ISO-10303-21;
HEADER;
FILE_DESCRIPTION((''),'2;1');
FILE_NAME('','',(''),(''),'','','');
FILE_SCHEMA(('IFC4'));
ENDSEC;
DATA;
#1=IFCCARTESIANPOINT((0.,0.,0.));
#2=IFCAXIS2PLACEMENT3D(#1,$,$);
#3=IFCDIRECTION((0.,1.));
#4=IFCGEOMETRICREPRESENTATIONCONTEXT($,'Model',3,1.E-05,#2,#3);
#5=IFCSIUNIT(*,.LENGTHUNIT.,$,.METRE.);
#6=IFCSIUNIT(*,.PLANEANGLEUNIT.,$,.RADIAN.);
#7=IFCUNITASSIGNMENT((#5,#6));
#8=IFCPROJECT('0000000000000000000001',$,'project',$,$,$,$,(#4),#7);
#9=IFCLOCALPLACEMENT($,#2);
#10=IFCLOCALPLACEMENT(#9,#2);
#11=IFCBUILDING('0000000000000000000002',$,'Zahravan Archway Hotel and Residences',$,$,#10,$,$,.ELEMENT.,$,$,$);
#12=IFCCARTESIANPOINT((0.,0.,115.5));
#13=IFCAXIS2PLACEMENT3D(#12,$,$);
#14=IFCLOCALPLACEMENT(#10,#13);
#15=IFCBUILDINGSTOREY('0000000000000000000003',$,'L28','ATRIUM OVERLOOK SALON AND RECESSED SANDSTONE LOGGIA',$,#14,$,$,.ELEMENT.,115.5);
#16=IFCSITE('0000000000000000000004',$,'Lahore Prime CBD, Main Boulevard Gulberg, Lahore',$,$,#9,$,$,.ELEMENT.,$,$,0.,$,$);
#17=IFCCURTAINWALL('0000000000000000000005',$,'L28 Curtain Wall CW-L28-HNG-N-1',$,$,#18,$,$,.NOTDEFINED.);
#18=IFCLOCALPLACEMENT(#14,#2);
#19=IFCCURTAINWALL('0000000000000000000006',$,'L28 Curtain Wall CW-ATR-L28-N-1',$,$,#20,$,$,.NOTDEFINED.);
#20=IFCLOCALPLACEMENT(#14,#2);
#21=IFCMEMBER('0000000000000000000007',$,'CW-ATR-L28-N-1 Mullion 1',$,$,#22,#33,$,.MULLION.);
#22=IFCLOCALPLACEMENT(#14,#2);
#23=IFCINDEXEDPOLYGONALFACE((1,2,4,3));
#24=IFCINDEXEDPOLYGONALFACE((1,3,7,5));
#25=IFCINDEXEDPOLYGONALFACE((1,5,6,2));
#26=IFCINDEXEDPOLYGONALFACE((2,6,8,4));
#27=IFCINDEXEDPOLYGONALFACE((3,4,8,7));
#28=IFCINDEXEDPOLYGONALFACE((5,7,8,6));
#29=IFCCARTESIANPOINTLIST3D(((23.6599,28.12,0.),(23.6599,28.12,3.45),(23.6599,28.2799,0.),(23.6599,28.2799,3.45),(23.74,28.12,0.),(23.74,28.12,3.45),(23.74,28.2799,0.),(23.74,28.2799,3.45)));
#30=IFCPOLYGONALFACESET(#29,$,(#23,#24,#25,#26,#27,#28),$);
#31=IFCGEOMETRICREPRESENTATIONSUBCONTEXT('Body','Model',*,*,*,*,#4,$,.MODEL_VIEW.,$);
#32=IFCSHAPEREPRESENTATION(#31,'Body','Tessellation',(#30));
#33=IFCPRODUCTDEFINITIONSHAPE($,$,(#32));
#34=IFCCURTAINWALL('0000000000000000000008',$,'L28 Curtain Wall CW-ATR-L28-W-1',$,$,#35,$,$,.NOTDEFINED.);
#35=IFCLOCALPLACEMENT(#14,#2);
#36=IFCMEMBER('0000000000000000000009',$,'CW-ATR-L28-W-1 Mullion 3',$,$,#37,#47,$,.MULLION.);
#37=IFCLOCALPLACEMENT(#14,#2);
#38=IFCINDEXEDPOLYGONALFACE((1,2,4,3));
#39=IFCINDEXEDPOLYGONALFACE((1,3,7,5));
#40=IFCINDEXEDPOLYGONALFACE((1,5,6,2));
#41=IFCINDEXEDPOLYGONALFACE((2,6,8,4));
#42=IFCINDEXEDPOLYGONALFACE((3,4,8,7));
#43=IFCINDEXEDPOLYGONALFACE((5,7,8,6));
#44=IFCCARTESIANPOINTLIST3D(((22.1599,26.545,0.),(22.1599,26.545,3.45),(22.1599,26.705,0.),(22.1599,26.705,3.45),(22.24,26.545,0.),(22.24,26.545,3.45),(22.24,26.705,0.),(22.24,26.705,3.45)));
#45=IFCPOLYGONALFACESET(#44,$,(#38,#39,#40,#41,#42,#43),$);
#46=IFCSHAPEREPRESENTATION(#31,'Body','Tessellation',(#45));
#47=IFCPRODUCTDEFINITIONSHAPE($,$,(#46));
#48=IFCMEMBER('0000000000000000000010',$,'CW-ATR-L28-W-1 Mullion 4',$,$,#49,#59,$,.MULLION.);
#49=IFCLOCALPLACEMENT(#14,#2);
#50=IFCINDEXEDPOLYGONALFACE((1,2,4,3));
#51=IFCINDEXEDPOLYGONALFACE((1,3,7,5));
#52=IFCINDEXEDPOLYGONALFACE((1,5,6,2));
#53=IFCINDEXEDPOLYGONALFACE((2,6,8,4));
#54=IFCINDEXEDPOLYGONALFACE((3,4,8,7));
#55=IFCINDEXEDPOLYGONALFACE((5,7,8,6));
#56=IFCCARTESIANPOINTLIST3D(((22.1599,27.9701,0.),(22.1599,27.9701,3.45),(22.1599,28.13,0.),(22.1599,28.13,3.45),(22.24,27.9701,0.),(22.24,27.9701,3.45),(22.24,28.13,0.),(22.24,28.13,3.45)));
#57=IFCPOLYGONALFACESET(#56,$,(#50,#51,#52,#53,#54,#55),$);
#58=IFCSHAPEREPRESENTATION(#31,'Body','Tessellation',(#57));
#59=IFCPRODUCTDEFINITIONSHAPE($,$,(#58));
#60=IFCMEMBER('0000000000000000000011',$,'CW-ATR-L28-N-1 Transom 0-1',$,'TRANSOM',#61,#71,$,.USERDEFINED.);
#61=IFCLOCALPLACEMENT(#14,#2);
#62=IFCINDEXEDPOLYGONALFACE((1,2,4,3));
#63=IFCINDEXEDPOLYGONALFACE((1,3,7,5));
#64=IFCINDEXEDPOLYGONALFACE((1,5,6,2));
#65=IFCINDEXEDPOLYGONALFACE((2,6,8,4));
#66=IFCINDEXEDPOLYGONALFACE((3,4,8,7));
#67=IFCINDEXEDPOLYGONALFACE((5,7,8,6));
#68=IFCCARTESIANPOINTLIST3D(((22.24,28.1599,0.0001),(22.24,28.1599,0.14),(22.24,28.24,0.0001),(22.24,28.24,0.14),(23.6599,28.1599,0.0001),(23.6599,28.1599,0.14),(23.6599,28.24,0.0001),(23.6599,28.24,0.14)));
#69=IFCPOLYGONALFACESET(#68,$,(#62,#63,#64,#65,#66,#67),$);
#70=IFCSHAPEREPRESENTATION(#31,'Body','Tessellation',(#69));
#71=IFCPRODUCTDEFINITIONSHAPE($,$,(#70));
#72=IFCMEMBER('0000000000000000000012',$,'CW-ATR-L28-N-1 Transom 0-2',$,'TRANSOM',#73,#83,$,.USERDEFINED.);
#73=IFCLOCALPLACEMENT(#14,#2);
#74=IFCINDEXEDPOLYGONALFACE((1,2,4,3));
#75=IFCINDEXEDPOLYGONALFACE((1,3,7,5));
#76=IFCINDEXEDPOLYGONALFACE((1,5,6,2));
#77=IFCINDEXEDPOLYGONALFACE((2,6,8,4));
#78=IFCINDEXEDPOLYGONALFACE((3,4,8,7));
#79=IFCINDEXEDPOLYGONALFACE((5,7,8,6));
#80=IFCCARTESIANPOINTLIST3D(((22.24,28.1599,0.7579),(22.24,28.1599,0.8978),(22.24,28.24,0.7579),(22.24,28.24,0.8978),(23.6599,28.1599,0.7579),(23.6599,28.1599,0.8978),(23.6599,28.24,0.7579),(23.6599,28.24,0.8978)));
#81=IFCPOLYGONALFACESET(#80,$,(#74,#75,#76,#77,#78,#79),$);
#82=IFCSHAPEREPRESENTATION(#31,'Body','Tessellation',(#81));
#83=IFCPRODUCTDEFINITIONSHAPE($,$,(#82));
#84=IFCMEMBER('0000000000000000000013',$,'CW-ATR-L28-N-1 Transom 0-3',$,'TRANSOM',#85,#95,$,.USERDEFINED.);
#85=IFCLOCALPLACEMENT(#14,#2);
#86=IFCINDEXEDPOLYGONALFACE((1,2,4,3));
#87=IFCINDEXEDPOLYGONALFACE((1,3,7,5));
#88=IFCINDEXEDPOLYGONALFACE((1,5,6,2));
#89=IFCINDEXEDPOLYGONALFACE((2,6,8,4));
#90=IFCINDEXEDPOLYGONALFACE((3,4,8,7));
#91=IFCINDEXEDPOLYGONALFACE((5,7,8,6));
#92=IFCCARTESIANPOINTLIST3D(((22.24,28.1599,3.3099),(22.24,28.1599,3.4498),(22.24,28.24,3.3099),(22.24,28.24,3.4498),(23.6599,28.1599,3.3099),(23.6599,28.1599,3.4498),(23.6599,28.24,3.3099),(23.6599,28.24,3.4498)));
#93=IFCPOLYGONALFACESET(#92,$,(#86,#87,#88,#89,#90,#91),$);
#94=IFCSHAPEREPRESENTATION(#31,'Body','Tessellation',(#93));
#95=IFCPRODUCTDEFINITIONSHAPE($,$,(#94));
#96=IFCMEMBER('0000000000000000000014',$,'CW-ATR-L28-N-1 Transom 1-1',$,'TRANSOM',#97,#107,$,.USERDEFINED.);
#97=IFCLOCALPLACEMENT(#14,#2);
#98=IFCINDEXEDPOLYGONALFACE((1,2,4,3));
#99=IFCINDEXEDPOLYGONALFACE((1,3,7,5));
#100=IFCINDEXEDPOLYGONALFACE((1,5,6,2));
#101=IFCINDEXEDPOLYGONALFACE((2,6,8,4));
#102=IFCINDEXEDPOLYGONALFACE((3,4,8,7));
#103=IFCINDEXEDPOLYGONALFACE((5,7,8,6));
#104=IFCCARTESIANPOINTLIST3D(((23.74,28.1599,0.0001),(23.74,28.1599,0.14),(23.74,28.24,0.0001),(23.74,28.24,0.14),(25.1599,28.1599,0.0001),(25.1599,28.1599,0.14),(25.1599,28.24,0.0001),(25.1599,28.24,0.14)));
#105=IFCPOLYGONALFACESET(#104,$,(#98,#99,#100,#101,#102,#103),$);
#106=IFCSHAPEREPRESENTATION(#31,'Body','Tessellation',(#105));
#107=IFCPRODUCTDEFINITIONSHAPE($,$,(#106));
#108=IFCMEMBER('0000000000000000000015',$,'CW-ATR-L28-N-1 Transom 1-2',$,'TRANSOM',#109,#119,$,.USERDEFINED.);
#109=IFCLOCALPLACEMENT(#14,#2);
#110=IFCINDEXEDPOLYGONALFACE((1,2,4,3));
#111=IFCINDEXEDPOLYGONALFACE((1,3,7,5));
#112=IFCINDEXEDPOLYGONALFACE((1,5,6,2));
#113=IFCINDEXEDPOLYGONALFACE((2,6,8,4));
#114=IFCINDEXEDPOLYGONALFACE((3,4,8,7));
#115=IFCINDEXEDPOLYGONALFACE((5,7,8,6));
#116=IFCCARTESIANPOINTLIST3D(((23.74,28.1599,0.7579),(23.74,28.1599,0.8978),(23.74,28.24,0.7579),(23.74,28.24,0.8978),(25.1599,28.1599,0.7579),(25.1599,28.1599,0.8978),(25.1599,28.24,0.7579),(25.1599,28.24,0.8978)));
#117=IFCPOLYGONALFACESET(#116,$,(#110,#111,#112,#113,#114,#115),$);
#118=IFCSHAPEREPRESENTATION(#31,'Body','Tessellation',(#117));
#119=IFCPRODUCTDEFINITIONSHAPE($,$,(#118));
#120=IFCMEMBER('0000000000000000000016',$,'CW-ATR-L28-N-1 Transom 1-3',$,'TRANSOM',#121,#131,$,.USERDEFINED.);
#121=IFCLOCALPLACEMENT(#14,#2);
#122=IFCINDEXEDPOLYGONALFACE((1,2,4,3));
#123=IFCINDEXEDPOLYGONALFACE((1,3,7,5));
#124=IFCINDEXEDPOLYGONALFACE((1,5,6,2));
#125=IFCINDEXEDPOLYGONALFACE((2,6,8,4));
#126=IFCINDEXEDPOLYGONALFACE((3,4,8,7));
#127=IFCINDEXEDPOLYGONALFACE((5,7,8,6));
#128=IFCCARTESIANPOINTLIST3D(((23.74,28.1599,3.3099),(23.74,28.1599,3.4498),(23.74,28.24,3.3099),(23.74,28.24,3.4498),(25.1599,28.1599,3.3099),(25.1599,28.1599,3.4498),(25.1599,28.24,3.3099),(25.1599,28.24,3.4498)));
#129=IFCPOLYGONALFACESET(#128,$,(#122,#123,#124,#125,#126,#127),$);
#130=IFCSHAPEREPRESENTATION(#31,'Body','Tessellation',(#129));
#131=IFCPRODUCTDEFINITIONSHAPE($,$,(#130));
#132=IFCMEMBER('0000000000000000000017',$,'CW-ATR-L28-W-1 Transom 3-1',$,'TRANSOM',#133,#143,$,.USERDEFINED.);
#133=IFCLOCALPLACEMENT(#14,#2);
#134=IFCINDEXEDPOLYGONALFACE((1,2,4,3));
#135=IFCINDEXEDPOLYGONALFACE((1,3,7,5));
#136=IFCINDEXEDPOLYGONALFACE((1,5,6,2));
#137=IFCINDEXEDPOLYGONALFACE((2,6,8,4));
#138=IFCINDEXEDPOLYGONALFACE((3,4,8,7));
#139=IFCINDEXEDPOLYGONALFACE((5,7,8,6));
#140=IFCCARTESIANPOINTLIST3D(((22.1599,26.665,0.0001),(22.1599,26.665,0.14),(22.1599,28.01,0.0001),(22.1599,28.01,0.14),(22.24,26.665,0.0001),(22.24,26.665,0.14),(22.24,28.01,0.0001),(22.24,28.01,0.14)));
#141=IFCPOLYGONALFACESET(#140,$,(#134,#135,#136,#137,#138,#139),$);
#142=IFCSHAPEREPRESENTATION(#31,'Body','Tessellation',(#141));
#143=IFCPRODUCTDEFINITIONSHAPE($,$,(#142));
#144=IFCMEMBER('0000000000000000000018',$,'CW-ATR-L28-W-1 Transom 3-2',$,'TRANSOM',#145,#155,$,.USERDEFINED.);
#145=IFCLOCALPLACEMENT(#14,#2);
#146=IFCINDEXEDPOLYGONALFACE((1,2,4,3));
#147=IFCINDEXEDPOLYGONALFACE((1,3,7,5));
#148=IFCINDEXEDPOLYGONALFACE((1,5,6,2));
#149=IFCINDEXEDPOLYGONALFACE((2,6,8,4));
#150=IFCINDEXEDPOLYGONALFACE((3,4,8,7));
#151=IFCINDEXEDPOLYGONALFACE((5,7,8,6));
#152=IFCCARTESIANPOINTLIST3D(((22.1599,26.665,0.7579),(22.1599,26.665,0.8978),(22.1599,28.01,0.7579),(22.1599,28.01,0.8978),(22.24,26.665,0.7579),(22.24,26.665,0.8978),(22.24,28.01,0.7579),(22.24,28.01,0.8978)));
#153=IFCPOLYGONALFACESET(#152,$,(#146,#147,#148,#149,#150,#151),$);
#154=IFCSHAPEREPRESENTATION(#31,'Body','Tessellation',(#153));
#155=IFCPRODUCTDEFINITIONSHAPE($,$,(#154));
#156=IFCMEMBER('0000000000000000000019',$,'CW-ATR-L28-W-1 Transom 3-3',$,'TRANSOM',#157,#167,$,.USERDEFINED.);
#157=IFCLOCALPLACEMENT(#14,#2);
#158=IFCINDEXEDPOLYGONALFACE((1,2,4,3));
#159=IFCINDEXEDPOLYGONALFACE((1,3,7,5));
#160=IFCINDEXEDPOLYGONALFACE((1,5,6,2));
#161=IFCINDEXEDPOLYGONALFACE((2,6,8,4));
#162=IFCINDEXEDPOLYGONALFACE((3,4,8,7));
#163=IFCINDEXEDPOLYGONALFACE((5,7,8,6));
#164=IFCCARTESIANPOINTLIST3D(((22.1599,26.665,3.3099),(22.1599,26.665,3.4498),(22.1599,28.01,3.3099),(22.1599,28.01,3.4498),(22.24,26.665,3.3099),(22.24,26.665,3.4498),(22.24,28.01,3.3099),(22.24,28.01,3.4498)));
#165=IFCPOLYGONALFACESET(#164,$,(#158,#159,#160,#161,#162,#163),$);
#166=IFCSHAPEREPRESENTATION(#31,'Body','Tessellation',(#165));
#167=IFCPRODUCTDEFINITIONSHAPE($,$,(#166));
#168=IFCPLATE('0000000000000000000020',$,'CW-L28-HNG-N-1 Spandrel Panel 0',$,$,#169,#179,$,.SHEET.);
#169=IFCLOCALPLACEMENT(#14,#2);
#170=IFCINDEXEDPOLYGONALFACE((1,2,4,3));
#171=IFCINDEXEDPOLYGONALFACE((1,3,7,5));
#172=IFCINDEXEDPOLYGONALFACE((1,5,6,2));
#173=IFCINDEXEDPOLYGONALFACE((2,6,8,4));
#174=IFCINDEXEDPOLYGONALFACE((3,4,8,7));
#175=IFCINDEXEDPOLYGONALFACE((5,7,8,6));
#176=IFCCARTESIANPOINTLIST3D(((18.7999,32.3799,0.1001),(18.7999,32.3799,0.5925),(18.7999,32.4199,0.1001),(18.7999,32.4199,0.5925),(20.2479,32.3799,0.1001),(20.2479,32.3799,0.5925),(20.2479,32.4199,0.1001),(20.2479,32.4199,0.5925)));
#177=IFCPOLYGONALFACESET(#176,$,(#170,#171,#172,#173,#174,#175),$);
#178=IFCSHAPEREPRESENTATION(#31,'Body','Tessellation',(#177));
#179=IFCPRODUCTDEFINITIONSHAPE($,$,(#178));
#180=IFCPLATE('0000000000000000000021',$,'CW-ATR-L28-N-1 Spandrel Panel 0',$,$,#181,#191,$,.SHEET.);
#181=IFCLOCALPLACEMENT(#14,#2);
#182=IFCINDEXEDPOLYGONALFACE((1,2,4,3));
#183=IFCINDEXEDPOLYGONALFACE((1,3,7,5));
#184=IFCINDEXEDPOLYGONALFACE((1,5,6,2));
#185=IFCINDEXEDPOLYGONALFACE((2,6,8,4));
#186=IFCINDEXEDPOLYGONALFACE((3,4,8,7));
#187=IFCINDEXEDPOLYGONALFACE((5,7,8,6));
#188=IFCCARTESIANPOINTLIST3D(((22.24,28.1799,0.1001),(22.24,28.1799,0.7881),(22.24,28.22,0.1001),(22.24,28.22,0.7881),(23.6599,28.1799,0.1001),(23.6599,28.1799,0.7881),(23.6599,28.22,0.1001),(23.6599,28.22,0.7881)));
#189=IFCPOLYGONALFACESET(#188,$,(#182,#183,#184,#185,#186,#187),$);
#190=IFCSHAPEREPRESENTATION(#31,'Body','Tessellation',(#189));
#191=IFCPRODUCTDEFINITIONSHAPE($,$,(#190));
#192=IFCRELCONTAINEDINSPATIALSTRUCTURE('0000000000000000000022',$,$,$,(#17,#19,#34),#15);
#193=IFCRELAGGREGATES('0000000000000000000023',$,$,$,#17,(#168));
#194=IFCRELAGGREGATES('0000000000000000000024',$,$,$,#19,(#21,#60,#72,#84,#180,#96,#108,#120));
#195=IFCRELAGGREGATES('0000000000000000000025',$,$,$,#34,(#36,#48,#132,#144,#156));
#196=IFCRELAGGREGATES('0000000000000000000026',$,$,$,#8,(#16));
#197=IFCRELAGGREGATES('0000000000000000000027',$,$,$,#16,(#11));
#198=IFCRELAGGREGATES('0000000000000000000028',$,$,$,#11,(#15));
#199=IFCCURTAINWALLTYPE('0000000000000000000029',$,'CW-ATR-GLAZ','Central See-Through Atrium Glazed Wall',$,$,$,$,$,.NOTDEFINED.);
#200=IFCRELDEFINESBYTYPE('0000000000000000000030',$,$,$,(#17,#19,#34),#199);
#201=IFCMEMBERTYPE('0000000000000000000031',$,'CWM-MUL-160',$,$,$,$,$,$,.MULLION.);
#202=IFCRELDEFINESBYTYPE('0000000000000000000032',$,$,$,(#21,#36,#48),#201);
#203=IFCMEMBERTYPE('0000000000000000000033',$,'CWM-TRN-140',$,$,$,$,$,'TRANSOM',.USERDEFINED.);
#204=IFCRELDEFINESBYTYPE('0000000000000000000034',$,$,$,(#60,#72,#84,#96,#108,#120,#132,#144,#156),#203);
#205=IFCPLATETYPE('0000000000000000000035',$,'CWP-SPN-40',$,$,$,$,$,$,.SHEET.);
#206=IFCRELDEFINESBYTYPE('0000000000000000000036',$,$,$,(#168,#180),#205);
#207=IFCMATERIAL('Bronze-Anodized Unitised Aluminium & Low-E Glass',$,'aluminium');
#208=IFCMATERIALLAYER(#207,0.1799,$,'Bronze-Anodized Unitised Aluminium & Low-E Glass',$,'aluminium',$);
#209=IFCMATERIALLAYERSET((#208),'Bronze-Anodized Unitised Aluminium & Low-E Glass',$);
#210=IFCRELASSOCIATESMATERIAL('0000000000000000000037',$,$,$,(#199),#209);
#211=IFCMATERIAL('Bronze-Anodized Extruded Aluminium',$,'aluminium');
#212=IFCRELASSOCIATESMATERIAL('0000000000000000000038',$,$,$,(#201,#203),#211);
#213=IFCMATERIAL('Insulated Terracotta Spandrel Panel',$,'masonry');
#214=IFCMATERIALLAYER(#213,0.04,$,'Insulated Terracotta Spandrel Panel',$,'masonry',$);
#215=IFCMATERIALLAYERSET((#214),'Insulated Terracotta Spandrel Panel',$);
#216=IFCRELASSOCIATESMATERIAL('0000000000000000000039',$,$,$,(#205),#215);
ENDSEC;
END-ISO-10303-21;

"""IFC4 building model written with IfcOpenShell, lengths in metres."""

from ifc_helpers import new_model, si_unit, direction, frame, origin, origin_2d, place, context, subcontext, project, spatial, rectangle, extrude, source, transform, mapped, material, layer, layer_set, material_profile, profile_set, type_object, element, aggregate, save


model = new_model("IFC4")

# Units and contexts
model_context = context("Model", 3, precision=1e-05, world=origin(), true_north=direction((0.0, 1.0)))
body_context = subcontext(model_context, "Body", "Model", "MODEL_VIEW")
ifc_project = project(units=[si_unit("LENGTHUNIT", "METRE"), si_unit("PLANEANGLEUNIT", "RADIAN")], contexts=[model_context])

# Site, building, storey
site_placement = place(None, origin())
site = spatial("IfcSite", under=ifc_project, at=site_placement, Name="Lahore Prime CBD, Main Boulevard Gulberg, Lahore", CompositionType="ELEMENT", RefElevation=0.0)
building_placement = place(site_placement, origin())
building = spatial("IfcBuilding", under=site, at=building_placement, Name="Zahravan Archway Hotel and Residences", CompositionType="ELEMENT")
storey_placement = place(building_placement, frame((0.0, 0.0, 115.5)))
storey = spatial("IfcBuildingStorey", under=building, at=storey_placement, Name="L28", Description="ATRIUM OVERLOOK SALON AND RECESSED SANDSTONE LOGGIA", CompositionType="ELEMENT", Elevation=115.5)

# Curtain walls, members
ifc_material_1 = material(Name="Bronze-Anodized Unitised Aluminium & Low-E Glass", Category="aluminium")
ifc_layer_1 = layer(ifc_material_1, 0.1799, Name="Bronze-Anodized Unitised Aluminium & Low-E Glass", Category="aluminium")
ifc_layer_set_1 = layer_set([ifc_layer_1], Name="Bronze-Anodized Unitised Aluminium & Low-E Glass")
curtain_wall_type = type_object("IfcCurtainWallType", Name="CW-ATR-GLAZ", Description="Central See-Through Atrium Glazed Wall", PredefinedType="NOTDEFINED", material=ifc_layer_set_1)
curtain_wall_1_placement = place(storey_placement, origin())
curtain_wall_1 = element("IfcCurtainWall", 1, at=curtain_wall_1_placement, inside=storey, type_object=curtain_wall_type, Name="L28 Curtain Wall CW-L28-HNG-N-1", PredefinedType="NOTDEFINED")
ifc_material_2 = material(Name="Bronze-Anodized Extruded Aluminium", Category="aluminium")
ifc_material_profile_1 = material_profile(ifc_material_2, rectangle(XDim=0.0801, YDim=0.1599, at=origin_2d()), Name="MUL 80x160", Category="aluminium")
ifc_profile_set_1 = profile_set([ifc_material_profile_1], Name="Bronze-Anodized Extruded Aluminium")
member_type_1 = type_object("IfcMemberType", Name="CWM-MUL-160", PredefinedType="MULLION", material=ifc_profile_set_1)
ifc_material_profile_2 = material_profile(ifc_material_2, rectangle(XDim=0.0801, YDim=0.1399, at=origin_2d()), Name="TRN 80x140", Category="aluminium")
ifc_profile_set_2 = profile_set([ifc_material_profile_2], Name="Bronze-Anodized Extruded Aluminium")
member_type_2 = type_object("IfcMemberType", Name="CWM-TRN-140", ElementType="TRANSOM", PredefinedType="USERDEFINED", material=ifc_profile_set_2)
curtain_wall_2_placement = place(storey_placement, origin())
curtain_wall_2 = element("IfcCurtainWall", 2, at=curtain_wall_2_placement, inside=storey, type_object=curtain_wall_type, Name="L28 Curtain Wall CW-ATR-L28-N-1", PredefinedType="NOTDEFINED")
shared_shape_1 = source(origin(), body_context, "Body", "SweptSolid", [
    extrude(rectangle(XDim=0.0801, YDim=0.1599, at=origin_2d()), origin(), (0.0, 0.0, 1.0), 3.45),
])
member_1_placement = place(storey_placement, frame((23.7, 28.2, 0.0), z_axis=(0.0, 0.0, 1.0), x_axis=(1.0, 0.0, 0.0)))
member_1 = element("IfcMember", 3, at=member_1_placement, type_object=member_type_1, Name="CW-ATR-L28-N-1 Mullion 1", PredefinedType="MULLION", context=body_context, shape_type="MappedRepresentation", body=[
    mapped(shared_shape_1, transform((0.0, 0.0, 0.0), scale=1.0)),
])
curtain_wall_3_placement = place(storey_placement, origin())
curtain_wall_3 = element("IfcCurtainWall", 4, at=curtain_wall_3_placement, inside=storey, type_object=curtain_wall_type, Name="L28 Curtain Wall CW-ATR-L28-W-1", PredefinedType="NOTDEFINED")
member_2_placement = place(storey_placement, frame((22.2, 26.625, 0.0), z_axis=(0.0, 0.0, 1.0), x_axis=(1.0, 0.0, 0.0)))
member_2 = element("IfcMember", 5, at=member_2_placement, type_object=member_type_1, Name="CW-ATR-L28-W-1 Mullion 3", PredefinedType="MULLION", context=body_context, shape_type="MappedRepresentation", body=[
    mapped(shared_shape_1, transform((0.0, 0.0, 0.0), scale=1.0)),
])
member_3_placement = place(storey_placement, frame((22.2, 28.05, 0.0), z_axis=(0.0, 0.0, 1.0), x_axis=(1.0, 0.0, 0.0)))
member_3 = element("IfcMember", 6, at=member_3_placement, type_object=member_type_1, Name="CW-ATR-L28-W-1 Mullion 4", PredefinedType="MULLION", context=body_context, shape_type="MappedRepresentation", body=[
    mapped(shared_shape_1, transform((0.0, 0.0, 0.0), scale=1.0)),
])

# Members
shared_shape_2 = source(origin(), body_context, "Body", "SweptSolid", [
    extrude(rectangle(XDim=0.0801, YDim=0.1399, at=origin_2d()), origin(), (0.0, 0.0, 1.0), 1.4199),
])
member_4_placement = place(storey_placement, frame((22.24, 28.2, 0.0701), z_axis=(1.0, 0.0, 0.0), x_axis=(0.0, 1.0, 0.0)))
member_4 = element("IfcMember", 7, at=member_4_placement, type_object=member_type_2, Name="CW-ATR-L28-N-1 Transom 0-1", ObjectType="TRANSOM", PredefinedType="USERDEFINED", context=body_context, shape_type="MappedRepresentation", body=[
    mapped(shared_shape_2, transform((0.0, 0.0, 0.0), scale=1.0)),
])
member_5_placement = place(storey_placement, frame((22.24, 28.2, 0.8279), z_axis=(1.0, 0.0, 0.0), x_axis=(0.0, 1.0, 0.0)))
member_5 = element("IfcMember", 8, at=member_5_placement, type_object=member_type_2, Name="CW-ATR-L28-N-1 Transom 0-2", ObjectType="TRANSOM", PredefinedType="USERDEFINED", context=body_context, shape_type="MappedRepresentation", body=[
    mapped(shared_shape_2, transform((0.0, 0.0, 0.0), scale=1.0)),
])
member_6_placement = place(storey_placement, frame((22.24, 28.2, 3.3799), z_axis=(1.0, 0.0, 0.0), x_axis=(0.0, 1.0, 0.0)))
member_6 = element("IfcMember", 9, at=member_6_placement, type_object=member_type_2, Name="CW-ATR-L28-N-1 Transom 0-3", ObjectType="TRANSOM", PredefinedType="USERDEFINED", context=body_context, shape_type="MappedRepresentation", body=[
    mapped(shared_shape_2, transform((0.0, 0.0, 0.0), scale=1.0)),
])
member_7_placement = place(storey_placement, frame((23.74, 28.2, 0.0701), z_axis=(1.0, 0.0, 0.0), x_axis=(0.0, 1.0, 0.0)))
member_7 = element("IfcMember", 10, at=member_7_placement, type_object=member_type_2, Name="CW-ATR-L28-N-1 Transom 1-1", ObjectType="TRANSOM", PredefinedType="USERDEFINED", context=body_context, shape_type="MappedRepresentation", body=[
    mapped(shared_shape_2, transform((0.0, 0.0, 0.0), scale=1.0)),
])
member_8_placement = place(storey_placement, frame((23.74, 28.2, 0.8279), z_axis=(1.0, 0.0, 0.0), x_axis=(0.0, 1.0, 0.0)))
member_8 = element("IfcMember", 11, at=member_8_placement, type_object=member_type_2, Name="CW-ATR-L28-N-1 Transom 1-2", ObjectType="TRANSOM", PredefinedType="USERDEFINED", context=body_context, shape_type="MappedRepresentation", body=[
    mapped(shared_shape_2, transform((0.0, 0.0, 0.0), scale=1.0)),
])
member_9_placement = place(storey_placement, frame((23.74, 28.2, 3.3799), z_axis=(1.0, 0.0, 0.0), x_axis=(0.0, 1.0, 0.0)))
member_9 = element("IfcMember", 12, at=member_9_placement, type_object=member_type_2, Name="CW-ATR-L28-N-1 Transom 1-3", ObjectType="TRANSOM", PredefinedType="USERDEFINED", context=body_context, shape_type="MappedRepresentation", body=[
    mapped(shared_shape_2, transform((0.0, 0.0, 0.0), scale=1.0)),
])
shared_shape_3 = source(origin(), body_context, "Body", "SweptSolid", [
    extrude(rectangle(XDim=0.0801, YDim=0.1399, at=origin_2d()), origin(), (0.0, 0.0, 1.0), 1.345),
])
member_10_placement = place(storey_placement, frame((22.2, 26.665, 0.0701), z_axis=(0.0, 1.0, 0.0), x_axis=(-1.0, 0.0, 0.0)))
member_10 = element("IfcMember", 13, at=member_10_placement, type_object=member_type_2, Name="CW-ATR-L28-W-1 Transom 3-1", ObjectType="TRANSOM", PredefinedType="USERDEFINED", context=body_context, shape_type="MappedRepresentation", body=[
    mapped(shared_shape_3, transform((0.0, 0.0, 0.0), scale=1.0)),
])
member_11_placement = place(storey_placement, frame((22.2, 26.665, 0.8279), z_axis=(0.0, 1.0, 0.0), x_axis=(-1.0, 0.0, 0.0)))
member_11 = element("IfcMember", 14, at=member_11_placement, type_object=member_type_2, Name="CW-ATR-L28-W-1 Transom 3-2", ObjectType="TRANSOM", PredefinedType="USERDEFINED", context=body_context, shape_type="MappedRepresentation", body=[
    mapped(shared_shape_3, transform((0.0, 0.0, 0.0), scale=1.0)),
])
member_12_placement = place(storey_placement, frame((22.2, 26.665, 3.3799), z_axis=(0.0, 1.0, 0.0), x_axis=(-1.0, 0.0, 0.0)))
member_12 = element("IfcMember", 15, at=member_12_placement, type_object=member_type_2, Name="CW-ATR-L28-W-1 Transom 3-3", ObjectType="TRANSOM", PredefinedType="USERDEFINED", context=body_context, shape_type="MappedRepresentation", body=[
    mapped(shared_shape_3, transform((0.0, 0.0, 0.0), scale=1.0)),
])

# Plates
ifc_material_3 = material(Name="Insulated Terracotta Spandrel Panel", Category="masonry")
ifc_layer_2 = layer(ifc_material_3, 0.04, Name="Insulated Terracotta Spandrel Panel", Category="masonry")
ifc_layer_set_2 = layer_set([ifc_layer_2], Name="Insulated Terracotta Spandrel Panel")
plate_type_1 = type_object("IfcPlateType", Name="CWP-SPN-40", PredefinedType="SHEET", material=ifc_layer_set_2)
shared_shape_4 = source(origin(), body_context, "Body", "SweptSolid", [
    extrude(rectangle(XDim=1.448, YDim=0.04, at=origin_2d()), origin(), (0.0, 0.0, 1.0), 0.4924),
])
plate_1_placement = place(storey_placement, frame((19.5239, 32.3999, 0.1001), z_axis=(0.0, 0.0, 1.0), x_axis=(1.0, 0.0, 0.0)))
plate_1 = element("IfcPlate", 16, at=plate_1_placement, type_object=plate_type_1, Name="CW-L28-HNG-N-1 Spandrel Panel 0", PredefinedType="SHEET", context=body_context, shape_type="MappedRepresentation", body=[
    mapped(shared_shape_4, transform((0.0, 0.0, 0.0), scale=1.0)),
])
aggregate(curtain_wall_1, [plate_1])
shared_shape_5 = source(origin(), body_context, "Body", "SweptSolid", [
    extrude(rectangle(XDim=1.4199, YDim=0.04, at=origin_2d()), origin(), (0.0, 0.0, 1.0), 0.688),
])
plate_2_placement = place(storey_placement, frame((22.95, 28.2, 0.1001), z_axis=(0.0, 0.0, 1.0), x_axis=(1.0, 0.0, 0.0)))
plate_2 = element("IfcPlate", 17, at=plate_2_placement, type_object=plate_type_1, Name="CW-ATR-L28-N-1 Spandrel Panel 0", PredefinedType="SHEET", context=body_context, shape_type="MappedRepresentation", body=[
    mapped(shared_shape_5, transform((0.0, 0.0, 0.0), scale=1.0)),
])
aggregate(curtain_wall_2, [member_1, member_4, member_5, member_6, plate_2, member_7, member_8, member_9])
aggregate(curtain_wall_3, [member_2, member_3, member_10, member_11, member_12])

save(model, "model.ifc")
